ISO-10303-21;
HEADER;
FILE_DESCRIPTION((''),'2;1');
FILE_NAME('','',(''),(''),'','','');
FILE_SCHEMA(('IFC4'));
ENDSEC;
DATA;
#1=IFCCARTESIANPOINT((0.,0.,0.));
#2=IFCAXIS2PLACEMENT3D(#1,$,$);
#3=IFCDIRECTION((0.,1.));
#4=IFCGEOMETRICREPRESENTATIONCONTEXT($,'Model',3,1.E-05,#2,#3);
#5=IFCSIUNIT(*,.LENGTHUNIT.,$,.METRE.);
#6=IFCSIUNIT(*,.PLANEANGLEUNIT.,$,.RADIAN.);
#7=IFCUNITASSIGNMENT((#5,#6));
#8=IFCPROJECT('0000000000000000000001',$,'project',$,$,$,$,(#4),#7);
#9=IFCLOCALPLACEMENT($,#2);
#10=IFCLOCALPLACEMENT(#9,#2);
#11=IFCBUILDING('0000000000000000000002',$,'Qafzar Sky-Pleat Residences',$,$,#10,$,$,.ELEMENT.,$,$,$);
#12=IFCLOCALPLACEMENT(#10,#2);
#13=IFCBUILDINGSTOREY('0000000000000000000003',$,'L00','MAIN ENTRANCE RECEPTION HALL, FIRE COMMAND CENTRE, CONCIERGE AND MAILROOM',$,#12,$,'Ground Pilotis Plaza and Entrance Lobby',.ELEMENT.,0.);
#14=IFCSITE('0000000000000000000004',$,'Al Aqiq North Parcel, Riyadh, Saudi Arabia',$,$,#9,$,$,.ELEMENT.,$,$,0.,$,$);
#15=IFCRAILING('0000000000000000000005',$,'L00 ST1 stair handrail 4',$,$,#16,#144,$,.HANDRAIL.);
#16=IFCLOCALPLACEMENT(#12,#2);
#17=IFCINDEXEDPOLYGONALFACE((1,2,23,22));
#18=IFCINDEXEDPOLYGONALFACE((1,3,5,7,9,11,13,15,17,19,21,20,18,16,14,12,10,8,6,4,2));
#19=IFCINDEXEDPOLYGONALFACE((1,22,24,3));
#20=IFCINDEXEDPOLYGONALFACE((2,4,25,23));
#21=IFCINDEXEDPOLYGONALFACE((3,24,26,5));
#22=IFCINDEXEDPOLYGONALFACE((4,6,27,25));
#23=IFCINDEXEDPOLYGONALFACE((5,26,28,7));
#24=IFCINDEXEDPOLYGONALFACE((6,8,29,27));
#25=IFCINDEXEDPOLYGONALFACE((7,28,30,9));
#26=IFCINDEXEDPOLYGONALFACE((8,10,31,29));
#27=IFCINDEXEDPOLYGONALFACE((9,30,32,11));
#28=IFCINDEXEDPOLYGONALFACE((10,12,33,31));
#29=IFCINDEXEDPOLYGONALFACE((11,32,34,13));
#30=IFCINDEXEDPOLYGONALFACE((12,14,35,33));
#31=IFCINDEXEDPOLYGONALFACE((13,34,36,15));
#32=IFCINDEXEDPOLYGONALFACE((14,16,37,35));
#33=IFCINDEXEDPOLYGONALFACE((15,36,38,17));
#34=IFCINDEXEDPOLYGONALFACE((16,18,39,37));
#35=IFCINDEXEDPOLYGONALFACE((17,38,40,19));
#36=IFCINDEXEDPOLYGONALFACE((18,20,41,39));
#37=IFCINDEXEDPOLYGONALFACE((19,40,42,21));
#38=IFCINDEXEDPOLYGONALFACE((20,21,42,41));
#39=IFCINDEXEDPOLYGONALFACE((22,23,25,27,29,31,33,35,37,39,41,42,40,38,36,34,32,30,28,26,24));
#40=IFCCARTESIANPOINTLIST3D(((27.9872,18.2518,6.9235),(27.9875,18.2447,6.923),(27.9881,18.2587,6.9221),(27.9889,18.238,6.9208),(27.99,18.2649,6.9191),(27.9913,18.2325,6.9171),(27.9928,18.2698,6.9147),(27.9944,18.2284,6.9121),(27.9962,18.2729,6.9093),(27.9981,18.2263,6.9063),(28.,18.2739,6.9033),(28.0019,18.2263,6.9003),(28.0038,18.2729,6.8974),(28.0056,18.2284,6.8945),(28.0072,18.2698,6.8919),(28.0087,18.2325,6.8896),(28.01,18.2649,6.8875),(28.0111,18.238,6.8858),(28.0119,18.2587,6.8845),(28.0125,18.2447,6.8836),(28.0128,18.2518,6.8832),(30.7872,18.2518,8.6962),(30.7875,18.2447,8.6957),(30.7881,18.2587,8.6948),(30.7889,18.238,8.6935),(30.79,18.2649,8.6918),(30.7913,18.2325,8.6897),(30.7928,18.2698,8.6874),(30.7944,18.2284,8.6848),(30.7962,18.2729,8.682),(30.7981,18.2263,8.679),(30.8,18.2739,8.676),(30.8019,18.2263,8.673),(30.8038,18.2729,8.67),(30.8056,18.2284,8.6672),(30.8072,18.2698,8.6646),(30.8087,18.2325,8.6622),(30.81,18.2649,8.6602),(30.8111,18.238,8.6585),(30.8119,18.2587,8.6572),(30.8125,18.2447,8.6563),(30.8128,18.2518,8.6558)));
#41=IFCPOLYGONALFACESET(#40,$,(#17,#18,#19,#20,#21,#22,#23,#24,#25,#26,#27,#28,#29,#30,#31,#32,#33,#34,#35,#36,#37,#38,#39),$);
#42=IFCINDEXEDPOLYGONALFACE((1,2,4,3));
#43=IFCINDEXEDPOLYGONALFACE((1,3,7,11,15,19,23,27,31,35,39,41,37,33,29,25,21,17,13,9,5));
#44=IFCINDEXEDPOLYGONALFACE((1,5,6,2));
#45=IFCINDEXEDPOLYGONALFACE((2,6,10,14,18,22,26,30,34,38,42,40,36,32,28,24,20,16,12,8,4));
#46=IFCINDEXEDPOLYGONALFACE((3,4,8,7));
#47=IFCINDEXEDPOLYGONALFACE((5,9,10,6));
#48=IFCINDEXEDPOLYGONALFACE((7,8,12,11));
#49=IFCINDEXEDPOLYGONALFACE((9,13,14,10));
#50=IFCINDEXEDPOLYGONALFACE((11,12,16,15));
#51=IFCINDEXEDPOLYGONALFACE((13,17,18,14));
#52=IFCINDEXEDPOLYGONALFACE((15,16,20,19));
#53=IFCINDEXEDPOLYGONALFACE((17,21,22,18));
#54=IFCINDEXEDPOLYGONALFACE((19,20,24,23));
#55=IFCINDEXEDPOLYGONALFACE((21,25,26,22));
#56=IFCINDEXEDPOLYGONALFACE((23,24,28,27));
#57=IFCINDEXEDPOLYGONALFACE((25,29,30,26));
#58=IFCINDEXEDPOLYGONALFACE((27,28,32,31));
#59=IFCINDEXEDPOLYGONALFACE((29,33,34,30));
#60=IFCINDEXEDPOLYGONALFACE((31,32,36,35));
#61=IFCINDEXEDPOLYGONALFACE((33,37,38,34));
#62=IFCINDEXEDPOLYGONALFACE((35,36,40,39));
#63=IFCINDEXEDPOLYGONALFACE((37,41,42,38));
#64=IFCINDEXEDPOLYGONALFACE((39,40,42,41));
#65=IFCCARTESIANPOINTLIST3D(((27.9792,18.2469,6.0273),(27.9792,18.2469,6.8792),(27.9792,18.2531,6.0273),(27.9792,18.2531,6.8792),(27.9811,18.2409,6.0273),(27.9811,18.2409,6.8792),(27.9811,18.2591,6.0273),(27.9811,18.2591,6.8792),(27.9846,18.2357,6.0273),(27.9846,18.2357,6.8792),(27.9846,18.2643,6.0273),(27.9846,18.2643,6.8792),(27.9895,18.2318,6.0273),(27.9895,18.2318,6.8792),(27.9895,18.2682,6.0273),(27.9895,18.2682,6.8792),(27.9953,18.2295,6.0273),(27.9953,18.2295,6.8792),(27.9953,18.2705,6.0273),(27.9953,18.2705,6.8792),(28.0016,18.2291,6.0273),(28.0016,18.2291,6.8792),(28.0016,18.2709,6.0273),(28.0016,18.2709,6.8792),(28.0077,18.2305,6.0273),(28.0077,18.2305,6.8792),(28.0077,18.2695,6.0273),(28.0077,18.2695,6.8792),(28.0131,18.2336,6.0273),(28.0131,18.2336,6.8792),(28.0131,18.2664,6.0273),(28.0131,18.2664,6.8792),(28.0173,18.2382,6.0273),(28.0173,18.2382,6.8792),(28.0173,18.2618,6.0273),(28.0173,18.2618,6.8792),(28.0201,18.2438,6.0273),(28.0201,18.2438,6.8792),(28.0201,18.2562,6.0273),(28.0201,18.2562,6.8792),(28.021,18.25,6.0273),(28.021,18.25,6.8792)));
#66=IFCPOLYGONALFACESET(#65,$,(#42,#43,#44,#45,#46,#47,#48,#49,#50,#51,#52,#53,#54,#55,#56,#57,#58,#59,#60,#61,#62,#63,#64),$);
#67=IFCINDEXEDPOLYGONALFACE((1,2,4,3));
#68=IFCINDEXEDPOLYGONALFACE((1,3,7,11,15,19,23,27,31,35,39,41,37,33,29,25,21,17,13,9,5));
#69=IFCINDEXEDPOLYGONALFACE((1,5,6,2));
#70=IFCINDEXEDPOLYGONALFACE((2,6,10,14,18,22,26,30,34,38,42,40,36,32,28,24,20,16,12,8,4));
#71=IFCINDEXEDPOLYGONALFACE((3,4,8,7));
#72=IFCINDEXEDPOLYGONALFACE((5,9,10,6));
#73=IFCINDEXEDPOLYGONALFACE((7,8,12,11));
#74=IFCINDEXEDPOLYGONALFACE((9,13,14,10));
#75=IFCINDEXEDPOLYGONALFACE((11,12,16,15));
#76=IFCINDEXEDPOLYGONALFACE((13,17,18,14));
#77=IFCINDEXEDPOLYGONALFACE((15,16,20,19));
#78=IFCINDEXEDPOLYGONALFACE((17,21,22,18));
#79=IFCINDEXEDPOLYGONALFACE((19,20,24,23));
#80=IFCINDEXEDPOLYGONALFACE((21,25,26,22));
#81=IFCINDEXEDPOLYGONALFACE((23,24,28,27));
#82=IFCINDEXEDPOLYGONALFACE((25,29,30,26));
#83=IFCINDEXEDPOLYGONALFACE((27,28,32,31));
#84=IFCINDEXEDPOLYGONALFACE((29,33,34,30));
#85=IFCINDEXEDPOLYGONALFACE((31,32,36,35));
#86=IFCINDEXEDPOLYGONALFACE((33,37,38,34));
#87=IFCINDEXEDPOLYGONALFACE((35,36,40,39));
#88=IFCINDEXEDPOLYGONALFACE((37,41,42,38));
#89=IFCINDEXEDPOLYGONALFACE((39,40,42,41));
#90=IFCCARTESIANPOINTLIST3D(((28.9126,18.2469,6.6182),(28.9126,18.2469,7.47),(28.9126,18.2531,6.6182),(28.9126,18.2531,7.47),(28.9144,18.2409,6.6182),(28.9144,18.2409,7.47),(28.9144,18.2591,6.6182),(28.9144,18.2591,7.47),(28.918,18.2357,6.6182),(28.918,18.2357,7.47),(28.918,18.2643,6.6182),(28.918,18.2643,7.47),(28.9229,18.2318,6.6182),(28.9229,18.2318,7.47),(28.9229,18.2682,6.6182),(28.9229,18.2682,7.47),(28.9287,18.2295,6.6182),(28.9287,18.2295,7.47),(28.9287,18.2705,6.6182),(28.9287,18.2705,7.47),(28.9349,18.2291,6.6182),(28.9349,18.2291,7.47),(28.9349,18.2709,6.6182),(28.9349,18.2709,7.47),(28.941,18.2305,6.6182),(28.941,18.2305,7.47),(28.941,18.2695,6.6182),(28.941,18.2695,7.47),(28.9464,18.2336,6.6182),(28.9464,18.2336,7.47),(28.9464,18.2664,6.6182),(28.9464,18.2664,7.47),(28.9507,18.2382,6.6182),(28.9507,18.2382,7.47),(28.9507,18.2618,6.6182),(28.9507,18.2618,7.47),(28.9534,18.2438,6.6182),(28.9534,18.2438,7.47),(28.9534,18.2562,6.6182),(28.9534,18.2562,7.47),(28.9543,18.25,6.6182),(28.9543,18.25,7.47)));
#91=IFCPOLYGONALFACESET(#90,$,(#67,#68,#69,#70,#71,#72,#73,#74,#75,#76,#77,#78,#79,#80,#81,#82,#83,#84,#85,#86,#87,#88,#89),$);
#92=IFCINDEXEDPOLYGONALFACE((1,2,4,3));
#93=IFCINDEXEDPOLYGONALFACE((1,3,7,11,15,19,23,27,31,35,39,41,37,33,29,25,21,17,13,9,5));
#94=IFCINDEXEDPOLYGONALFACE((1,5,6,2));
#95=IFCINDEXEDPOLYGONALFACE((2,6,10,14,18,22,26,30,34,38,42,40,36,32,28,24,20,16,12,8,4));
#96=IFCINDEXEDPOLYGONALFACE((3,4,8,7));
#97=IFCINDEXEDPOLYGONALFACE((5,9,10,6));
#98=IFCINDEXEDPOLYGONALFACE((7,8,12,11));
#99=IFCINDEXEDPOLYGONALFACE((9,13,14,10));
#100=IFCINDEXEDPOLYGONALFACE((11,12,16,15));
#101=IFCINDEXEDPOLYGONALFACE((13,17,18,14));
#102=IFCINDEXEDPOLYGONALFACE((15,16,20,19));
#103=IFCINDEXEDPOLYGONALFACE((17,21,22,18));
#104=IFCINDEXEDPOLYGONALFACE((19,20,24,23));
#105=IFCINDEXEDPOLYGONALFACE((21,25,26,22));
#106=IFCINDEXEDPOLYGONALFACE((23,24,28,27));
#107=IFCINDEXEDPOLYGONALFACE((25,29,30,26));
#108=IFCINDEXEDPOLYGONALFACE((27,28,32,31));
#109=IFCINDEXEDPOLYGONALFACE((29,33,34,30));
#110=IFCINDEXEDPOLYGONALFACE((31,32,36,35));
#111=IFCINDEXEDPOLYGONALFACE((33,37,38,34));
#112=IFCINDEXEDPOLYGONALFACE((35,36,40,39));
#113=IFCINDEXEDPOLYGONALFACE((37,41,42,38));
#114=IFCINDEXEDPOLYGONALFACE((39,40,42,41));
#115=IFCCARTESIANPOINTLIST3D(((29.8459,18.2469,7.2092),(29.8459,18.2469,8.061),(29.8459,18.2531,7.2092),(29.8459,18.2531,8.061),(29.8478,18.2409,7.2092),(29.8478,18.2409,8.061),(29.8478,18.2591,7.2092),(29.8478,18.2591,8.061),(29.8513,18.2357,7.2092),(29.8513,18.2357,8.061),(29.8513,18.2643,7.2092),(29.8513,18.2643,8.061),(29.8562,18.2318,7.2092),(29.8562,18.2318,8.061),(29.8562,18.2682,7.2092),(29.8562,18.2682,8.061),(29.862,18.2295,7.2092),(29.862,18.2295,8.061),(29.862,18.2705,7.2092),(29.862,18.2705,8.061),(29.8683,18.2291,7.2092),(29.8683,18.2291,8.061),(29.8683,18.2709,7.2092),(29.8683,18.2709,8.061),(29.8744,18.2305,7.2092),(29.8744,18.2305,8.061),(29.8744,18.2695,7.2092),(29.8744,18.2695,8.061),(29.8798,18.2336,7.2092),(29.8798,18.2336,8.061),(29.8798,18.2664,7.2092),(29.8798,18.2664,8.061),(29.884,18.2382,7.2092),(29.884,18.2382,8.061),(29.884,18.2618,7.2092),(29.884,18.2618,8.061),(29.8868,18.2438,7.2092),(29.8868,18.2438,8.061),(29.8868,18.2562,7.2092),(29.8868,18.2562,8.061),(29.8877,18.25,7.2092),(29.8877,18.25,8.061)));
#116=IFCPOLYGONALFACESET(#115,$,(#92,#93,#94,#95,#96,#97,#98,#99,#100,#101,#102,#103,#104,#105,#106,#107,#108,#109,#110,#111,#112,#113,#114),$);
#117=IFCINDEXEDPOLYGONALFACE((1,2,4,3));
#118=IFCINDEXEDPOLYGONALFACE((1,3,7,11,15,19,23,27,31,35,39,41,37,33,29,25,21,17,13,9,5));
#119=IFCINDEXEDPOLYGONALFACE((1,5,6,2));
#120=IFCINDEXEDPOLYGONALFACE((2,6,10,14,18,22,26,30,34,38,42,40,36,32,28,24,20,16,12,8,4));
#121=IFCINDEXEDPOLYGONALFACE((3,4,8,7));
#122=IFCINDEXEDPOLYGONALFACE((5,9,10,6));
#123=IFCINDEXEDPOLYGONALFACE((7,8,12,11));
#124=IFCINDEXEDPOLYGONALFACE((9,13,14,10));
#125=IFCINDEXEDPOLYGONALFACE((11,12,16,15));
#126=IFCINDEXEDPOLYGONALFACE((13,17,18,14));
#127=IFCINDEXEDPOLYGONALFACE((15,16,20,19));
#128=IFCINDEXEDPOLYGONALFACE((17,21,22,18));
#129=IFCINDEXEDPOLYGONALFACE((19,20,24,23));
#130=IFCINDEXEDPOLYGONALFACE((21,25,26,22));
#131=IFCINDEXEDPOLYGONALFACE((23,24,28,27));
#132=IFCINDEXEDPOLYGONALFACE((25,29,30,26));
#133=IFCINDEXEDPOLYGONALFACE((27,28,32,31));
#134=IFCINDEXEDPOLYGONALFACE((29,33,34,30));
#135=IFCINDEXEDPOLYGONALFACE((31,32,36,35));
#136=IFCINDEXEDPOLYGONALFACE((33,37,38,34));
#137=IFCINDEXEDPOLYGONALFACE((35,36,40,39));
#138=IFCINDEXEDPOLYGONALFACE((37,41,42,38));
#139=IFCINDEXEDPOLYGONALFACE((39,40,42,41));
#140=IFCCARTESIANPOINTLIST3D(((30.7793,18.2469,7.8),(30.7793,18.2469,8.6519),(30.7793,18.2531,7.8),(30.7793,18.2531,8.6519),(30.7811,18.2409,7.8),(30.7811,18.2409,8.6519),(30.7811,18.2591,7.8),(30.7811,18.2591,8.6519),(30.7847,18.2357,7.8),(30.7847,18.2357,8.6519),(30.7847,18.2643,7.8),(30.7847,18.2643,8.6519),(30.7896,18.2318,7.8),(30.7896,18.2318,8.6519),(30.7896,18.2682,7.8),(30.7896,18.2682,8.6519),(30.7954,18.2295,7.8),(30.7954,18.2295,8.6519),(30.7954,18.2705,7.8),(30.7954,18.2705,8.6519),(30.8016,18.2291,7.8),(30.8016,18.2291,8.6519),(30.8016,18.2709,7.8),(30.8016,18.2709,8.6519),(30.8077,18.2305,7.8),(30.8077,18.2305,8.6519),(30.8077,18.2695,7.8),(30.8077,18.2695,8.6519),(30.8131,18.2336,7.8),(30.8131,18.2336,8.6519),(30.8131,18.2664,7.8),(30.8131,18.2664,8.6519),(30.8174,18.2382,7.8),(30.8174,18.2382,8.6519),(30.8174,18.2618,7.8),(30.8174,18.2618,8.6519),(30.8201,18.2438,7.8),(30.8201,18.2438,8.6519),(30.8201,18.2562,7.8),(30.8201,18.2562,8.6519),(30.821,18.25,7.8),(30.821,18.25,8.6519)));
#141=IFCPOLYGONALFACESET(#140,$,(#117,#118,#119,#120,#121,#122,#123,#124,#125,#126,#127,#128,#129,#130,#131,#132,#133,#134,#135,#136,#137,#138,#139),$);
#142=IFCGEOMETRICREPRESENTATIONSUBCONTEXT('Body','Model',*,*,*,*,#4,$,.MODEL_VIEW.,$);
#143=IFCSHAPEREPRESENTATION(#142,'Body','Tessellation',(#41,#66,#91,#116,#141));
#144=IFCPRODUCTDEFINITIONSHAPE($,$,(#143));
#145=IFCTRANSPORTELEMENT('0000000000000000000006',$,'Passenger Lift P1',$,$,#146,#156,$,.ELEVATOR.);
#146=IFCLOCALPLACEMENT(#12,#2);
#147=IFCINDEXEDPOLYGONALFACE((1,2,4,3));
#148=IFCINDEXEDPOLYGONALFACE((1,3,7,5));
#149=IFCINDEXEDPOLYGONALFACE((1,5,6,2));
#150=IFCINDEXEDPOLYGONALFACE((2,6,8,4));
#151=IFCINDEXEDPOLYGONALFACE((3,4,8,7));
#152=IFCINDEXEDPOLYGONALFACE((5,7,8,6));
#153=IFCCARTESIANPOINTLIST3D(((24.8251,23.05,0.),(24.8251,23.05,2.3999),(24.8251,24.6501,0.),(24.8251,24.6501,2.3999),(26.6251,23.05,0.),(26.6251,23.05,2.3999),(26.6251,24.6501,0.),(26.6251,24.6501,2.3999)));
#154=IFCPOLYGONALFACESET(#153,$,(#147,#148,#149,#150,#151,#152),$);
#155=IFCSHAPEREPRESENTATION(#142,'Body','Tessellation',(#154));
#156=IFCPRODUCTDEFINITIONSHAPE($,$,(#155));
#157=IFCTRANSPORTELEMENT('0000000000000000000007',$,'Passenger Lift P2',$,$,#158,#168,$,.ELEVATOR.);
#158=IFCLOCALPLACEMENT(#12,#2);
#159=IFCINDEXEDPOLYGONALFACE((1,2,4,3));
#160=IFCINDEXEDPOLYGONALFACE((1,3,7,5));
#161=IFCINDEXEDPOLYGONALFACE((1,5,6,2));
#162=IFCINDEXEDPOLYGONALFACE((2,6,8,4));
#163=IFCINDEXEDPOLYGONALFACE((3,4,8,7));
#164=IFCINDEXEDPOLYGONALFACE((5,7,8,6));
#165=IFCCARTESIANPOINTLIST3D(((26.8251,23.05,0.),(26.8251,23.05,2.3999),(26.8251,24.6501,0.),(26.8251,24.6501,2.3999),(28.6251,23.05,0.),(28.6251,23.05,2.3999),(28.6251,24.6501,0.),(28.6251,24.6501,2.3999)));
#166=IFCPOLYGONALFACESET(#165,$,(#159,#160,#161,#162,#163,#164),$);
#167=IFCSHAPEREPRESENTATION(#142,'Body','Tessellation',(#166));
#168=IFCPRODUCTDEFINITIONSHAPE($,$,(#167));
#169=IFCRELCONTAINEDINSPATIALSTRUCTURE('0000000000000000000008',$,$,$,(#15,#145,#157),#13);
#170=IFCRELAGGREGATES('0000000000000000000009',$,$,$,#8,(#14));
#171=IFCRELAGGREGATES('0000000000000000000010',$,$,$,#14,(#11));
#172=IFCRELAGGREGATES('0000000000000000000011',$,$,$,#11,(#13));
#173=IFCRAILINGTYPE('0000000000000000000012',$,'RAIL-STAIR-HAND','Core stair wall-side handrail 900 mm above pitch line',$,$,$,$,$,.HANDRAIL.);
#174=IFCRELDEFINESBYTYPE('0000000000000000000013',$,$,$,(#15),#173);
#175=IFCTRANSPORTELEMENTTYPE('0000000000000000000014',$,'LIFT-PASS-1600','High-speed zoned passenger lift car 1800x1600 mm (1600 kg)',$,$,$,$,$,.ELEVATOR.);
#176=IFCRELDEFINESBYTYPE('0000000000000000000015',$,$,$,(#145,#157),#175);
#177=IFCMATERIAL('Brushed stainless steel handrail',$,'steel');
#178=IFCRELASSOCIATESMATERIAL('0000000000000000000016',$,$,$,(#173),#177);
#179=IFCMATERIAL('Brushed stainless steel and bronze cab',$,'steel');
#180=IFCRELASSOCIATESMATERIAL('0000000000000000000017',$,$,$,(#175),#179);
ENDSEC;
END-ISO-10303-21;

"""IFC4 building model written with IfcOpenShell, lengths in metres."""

from ifc_helpers import new_model, si_unit, direction, frame, origin, origin_2d, place, context, subcontext, project, spatial, rectangle, circle, extrude, source, transform, mapped, material, type_object, element, save


model = new_model("IFC4")

# Units and contexts
model_context = context("Model", 3, precision=1e-05, world=origin(), true_north=direction((0.0, 1.0)))
body_context = subcontext(model_context, "Body", "Model", "MODEL_VIEW")
ifc_project = project(units=[si_unit("LENGTHUNIT", "METRE"), si_unit("PLANEANGLEUNIT", "RADIAN")], contexts=[model_context])

# Site, building, storey
site_placement = place(None, origin())
site = spatial("IfcSite", under=ifc_project, at=site_placement, Name="Al Aqiq North Parcel, Riyadh, Saudi Arabia", CompositionType="ELEMENT", RefElevation=0.0)
building_placement = place(site_placement, origin())
building = spatial("IfcBuilding", under=site, at=building_placement, Name="Qafzar Sky-Pleat Residences", CompositionType="ELEMENT")
storey_placement = place(building_placement, origin())
storey = spatial("IfcBuildingStorey", under=building, at=storey_placement, Name="L00", Description="MAIN ENTRANCE RECEPTION HALL, FIRE COMMAND CENTRE, CONCIERGE AND MAILROOM", LongName="Ground Pilotis Plaza and Entrance Lobby", CompositionType="ELEMENT", Elevation=0.0)

# Railing
ifc_material_1 = material(Name="Brushed stainless steel handrail", Category="steel")
railing_type_1 = type_object("IfcRailingType", Name="RAIL-STAIR-HAND", Description="Core stair wall-side handrail 900 mm above pitch line", PredefinedType="HANDRAIL", material=ifc_material_1)
shared_shape_1 = source(origin(), body_context, "Body", "SweptSolid", [
    extrude(circle(Radius=0.0239, at=origin_2d()), frame((0.0, 0.0, 0.876), z_axis=(0.844909, 0.0, 0.53491), x_axis=(0.0, 1.0, 0.0)), (0.0, 0.0, 1.0), 3.314),
    extrude(circle(Radius=0.021, at=origin_2d()), origin(), (0.0, 0.0, 1.0), 0.8518),
    extrude(circle(Radius=0.021, at=origin_2d()), frame((0.9333, 0.0, 0.5908)), (0.0, 0.0, 1.0), 0.8518),
    extrude(circle(Radius=0.021, at=origin_2d()), frame((1.8667, 0.0, 1.1819)), (0.0, 0.0, 1.0), 0.8518),
    extrude(circle(Radius=0.021, at=origin_2d()), frame((2.8, 0.0, 1.7727)), (0.0, 0.0, 1.0), 0.8518),
])
for number, where, name in (
    (1, (28.0, 18.25, 6.0273), "L00 ST1 stair handrail 4"),
):
    element("IfcRailing", number, at=place(storey_placement, frame(where)), inside=storey, type_object=railing_type_1, Name=name, PredefinedType="HANDRAIL", context=body_context, shape_type="MappedRepresentation", body=[
        mapped(shared_shape_1, transform((0.0, 0.0, 0.0), x_axis=(1.0, 0.0, 0.0), y_axis=(0.0, 1.0, 0.0), z_axis=(0.0, 0.0, 1.0), scale=1.0)),
    ])

# Transport elements
ifc_material_2 = material(Name="Brushed stainless steel and bronze cab", Category="steel")
transport_element_type = type_object("IfcTransportElementType", Name="LIFT-PASS-1600", Description="High-speed zoned passenger lift car 1800x1600 mm (1600 kg)", PredefinedType="ELEVATOR", material=ifc_material_2)
shared_shape_2 = source(origin(), body_context, "Body", "SweptSolid", [
    extrude(rectangle(XDim=1.8, YDim=1.6001, at=origin_2d()), origin(), (0.0, 0.0, 1.0), 2.3999),
])
for number, where, z_axis, x_axis, name in (
    (2, (25.7251, 23.8501, 0.0), (0.0, 0.0, 1.0), (1.0, 0.0, 0.0), "Passenger Lift P1"),
    (3, (27.7251, 23.8501, 0.0), (0.0, 0.0, 1.0), (1.0, 0.0, 0.0), "Passenger Lift P2"),
):
    element("IfcTransportElement", number, at=place(storey_placement, frame(where, z_axis=z_axis, x_axis=x_axis)), inside=storey, type_object=transport_element_type, Name=name, PredefinedType="ELEVATOR", context=body_context, shape_type="MappedRepresentation", body=[
        mapped(shared_shape_2, transform((0.0, 0.0, 0.0), x_axis=(1.0, 0.0, 0.0), y_axis=(0.0, 1.0, 0.0), z_axis=(0.0, 0.0, 1.0), scale=1.0)),
    ])

save(model, "model.ifc")
